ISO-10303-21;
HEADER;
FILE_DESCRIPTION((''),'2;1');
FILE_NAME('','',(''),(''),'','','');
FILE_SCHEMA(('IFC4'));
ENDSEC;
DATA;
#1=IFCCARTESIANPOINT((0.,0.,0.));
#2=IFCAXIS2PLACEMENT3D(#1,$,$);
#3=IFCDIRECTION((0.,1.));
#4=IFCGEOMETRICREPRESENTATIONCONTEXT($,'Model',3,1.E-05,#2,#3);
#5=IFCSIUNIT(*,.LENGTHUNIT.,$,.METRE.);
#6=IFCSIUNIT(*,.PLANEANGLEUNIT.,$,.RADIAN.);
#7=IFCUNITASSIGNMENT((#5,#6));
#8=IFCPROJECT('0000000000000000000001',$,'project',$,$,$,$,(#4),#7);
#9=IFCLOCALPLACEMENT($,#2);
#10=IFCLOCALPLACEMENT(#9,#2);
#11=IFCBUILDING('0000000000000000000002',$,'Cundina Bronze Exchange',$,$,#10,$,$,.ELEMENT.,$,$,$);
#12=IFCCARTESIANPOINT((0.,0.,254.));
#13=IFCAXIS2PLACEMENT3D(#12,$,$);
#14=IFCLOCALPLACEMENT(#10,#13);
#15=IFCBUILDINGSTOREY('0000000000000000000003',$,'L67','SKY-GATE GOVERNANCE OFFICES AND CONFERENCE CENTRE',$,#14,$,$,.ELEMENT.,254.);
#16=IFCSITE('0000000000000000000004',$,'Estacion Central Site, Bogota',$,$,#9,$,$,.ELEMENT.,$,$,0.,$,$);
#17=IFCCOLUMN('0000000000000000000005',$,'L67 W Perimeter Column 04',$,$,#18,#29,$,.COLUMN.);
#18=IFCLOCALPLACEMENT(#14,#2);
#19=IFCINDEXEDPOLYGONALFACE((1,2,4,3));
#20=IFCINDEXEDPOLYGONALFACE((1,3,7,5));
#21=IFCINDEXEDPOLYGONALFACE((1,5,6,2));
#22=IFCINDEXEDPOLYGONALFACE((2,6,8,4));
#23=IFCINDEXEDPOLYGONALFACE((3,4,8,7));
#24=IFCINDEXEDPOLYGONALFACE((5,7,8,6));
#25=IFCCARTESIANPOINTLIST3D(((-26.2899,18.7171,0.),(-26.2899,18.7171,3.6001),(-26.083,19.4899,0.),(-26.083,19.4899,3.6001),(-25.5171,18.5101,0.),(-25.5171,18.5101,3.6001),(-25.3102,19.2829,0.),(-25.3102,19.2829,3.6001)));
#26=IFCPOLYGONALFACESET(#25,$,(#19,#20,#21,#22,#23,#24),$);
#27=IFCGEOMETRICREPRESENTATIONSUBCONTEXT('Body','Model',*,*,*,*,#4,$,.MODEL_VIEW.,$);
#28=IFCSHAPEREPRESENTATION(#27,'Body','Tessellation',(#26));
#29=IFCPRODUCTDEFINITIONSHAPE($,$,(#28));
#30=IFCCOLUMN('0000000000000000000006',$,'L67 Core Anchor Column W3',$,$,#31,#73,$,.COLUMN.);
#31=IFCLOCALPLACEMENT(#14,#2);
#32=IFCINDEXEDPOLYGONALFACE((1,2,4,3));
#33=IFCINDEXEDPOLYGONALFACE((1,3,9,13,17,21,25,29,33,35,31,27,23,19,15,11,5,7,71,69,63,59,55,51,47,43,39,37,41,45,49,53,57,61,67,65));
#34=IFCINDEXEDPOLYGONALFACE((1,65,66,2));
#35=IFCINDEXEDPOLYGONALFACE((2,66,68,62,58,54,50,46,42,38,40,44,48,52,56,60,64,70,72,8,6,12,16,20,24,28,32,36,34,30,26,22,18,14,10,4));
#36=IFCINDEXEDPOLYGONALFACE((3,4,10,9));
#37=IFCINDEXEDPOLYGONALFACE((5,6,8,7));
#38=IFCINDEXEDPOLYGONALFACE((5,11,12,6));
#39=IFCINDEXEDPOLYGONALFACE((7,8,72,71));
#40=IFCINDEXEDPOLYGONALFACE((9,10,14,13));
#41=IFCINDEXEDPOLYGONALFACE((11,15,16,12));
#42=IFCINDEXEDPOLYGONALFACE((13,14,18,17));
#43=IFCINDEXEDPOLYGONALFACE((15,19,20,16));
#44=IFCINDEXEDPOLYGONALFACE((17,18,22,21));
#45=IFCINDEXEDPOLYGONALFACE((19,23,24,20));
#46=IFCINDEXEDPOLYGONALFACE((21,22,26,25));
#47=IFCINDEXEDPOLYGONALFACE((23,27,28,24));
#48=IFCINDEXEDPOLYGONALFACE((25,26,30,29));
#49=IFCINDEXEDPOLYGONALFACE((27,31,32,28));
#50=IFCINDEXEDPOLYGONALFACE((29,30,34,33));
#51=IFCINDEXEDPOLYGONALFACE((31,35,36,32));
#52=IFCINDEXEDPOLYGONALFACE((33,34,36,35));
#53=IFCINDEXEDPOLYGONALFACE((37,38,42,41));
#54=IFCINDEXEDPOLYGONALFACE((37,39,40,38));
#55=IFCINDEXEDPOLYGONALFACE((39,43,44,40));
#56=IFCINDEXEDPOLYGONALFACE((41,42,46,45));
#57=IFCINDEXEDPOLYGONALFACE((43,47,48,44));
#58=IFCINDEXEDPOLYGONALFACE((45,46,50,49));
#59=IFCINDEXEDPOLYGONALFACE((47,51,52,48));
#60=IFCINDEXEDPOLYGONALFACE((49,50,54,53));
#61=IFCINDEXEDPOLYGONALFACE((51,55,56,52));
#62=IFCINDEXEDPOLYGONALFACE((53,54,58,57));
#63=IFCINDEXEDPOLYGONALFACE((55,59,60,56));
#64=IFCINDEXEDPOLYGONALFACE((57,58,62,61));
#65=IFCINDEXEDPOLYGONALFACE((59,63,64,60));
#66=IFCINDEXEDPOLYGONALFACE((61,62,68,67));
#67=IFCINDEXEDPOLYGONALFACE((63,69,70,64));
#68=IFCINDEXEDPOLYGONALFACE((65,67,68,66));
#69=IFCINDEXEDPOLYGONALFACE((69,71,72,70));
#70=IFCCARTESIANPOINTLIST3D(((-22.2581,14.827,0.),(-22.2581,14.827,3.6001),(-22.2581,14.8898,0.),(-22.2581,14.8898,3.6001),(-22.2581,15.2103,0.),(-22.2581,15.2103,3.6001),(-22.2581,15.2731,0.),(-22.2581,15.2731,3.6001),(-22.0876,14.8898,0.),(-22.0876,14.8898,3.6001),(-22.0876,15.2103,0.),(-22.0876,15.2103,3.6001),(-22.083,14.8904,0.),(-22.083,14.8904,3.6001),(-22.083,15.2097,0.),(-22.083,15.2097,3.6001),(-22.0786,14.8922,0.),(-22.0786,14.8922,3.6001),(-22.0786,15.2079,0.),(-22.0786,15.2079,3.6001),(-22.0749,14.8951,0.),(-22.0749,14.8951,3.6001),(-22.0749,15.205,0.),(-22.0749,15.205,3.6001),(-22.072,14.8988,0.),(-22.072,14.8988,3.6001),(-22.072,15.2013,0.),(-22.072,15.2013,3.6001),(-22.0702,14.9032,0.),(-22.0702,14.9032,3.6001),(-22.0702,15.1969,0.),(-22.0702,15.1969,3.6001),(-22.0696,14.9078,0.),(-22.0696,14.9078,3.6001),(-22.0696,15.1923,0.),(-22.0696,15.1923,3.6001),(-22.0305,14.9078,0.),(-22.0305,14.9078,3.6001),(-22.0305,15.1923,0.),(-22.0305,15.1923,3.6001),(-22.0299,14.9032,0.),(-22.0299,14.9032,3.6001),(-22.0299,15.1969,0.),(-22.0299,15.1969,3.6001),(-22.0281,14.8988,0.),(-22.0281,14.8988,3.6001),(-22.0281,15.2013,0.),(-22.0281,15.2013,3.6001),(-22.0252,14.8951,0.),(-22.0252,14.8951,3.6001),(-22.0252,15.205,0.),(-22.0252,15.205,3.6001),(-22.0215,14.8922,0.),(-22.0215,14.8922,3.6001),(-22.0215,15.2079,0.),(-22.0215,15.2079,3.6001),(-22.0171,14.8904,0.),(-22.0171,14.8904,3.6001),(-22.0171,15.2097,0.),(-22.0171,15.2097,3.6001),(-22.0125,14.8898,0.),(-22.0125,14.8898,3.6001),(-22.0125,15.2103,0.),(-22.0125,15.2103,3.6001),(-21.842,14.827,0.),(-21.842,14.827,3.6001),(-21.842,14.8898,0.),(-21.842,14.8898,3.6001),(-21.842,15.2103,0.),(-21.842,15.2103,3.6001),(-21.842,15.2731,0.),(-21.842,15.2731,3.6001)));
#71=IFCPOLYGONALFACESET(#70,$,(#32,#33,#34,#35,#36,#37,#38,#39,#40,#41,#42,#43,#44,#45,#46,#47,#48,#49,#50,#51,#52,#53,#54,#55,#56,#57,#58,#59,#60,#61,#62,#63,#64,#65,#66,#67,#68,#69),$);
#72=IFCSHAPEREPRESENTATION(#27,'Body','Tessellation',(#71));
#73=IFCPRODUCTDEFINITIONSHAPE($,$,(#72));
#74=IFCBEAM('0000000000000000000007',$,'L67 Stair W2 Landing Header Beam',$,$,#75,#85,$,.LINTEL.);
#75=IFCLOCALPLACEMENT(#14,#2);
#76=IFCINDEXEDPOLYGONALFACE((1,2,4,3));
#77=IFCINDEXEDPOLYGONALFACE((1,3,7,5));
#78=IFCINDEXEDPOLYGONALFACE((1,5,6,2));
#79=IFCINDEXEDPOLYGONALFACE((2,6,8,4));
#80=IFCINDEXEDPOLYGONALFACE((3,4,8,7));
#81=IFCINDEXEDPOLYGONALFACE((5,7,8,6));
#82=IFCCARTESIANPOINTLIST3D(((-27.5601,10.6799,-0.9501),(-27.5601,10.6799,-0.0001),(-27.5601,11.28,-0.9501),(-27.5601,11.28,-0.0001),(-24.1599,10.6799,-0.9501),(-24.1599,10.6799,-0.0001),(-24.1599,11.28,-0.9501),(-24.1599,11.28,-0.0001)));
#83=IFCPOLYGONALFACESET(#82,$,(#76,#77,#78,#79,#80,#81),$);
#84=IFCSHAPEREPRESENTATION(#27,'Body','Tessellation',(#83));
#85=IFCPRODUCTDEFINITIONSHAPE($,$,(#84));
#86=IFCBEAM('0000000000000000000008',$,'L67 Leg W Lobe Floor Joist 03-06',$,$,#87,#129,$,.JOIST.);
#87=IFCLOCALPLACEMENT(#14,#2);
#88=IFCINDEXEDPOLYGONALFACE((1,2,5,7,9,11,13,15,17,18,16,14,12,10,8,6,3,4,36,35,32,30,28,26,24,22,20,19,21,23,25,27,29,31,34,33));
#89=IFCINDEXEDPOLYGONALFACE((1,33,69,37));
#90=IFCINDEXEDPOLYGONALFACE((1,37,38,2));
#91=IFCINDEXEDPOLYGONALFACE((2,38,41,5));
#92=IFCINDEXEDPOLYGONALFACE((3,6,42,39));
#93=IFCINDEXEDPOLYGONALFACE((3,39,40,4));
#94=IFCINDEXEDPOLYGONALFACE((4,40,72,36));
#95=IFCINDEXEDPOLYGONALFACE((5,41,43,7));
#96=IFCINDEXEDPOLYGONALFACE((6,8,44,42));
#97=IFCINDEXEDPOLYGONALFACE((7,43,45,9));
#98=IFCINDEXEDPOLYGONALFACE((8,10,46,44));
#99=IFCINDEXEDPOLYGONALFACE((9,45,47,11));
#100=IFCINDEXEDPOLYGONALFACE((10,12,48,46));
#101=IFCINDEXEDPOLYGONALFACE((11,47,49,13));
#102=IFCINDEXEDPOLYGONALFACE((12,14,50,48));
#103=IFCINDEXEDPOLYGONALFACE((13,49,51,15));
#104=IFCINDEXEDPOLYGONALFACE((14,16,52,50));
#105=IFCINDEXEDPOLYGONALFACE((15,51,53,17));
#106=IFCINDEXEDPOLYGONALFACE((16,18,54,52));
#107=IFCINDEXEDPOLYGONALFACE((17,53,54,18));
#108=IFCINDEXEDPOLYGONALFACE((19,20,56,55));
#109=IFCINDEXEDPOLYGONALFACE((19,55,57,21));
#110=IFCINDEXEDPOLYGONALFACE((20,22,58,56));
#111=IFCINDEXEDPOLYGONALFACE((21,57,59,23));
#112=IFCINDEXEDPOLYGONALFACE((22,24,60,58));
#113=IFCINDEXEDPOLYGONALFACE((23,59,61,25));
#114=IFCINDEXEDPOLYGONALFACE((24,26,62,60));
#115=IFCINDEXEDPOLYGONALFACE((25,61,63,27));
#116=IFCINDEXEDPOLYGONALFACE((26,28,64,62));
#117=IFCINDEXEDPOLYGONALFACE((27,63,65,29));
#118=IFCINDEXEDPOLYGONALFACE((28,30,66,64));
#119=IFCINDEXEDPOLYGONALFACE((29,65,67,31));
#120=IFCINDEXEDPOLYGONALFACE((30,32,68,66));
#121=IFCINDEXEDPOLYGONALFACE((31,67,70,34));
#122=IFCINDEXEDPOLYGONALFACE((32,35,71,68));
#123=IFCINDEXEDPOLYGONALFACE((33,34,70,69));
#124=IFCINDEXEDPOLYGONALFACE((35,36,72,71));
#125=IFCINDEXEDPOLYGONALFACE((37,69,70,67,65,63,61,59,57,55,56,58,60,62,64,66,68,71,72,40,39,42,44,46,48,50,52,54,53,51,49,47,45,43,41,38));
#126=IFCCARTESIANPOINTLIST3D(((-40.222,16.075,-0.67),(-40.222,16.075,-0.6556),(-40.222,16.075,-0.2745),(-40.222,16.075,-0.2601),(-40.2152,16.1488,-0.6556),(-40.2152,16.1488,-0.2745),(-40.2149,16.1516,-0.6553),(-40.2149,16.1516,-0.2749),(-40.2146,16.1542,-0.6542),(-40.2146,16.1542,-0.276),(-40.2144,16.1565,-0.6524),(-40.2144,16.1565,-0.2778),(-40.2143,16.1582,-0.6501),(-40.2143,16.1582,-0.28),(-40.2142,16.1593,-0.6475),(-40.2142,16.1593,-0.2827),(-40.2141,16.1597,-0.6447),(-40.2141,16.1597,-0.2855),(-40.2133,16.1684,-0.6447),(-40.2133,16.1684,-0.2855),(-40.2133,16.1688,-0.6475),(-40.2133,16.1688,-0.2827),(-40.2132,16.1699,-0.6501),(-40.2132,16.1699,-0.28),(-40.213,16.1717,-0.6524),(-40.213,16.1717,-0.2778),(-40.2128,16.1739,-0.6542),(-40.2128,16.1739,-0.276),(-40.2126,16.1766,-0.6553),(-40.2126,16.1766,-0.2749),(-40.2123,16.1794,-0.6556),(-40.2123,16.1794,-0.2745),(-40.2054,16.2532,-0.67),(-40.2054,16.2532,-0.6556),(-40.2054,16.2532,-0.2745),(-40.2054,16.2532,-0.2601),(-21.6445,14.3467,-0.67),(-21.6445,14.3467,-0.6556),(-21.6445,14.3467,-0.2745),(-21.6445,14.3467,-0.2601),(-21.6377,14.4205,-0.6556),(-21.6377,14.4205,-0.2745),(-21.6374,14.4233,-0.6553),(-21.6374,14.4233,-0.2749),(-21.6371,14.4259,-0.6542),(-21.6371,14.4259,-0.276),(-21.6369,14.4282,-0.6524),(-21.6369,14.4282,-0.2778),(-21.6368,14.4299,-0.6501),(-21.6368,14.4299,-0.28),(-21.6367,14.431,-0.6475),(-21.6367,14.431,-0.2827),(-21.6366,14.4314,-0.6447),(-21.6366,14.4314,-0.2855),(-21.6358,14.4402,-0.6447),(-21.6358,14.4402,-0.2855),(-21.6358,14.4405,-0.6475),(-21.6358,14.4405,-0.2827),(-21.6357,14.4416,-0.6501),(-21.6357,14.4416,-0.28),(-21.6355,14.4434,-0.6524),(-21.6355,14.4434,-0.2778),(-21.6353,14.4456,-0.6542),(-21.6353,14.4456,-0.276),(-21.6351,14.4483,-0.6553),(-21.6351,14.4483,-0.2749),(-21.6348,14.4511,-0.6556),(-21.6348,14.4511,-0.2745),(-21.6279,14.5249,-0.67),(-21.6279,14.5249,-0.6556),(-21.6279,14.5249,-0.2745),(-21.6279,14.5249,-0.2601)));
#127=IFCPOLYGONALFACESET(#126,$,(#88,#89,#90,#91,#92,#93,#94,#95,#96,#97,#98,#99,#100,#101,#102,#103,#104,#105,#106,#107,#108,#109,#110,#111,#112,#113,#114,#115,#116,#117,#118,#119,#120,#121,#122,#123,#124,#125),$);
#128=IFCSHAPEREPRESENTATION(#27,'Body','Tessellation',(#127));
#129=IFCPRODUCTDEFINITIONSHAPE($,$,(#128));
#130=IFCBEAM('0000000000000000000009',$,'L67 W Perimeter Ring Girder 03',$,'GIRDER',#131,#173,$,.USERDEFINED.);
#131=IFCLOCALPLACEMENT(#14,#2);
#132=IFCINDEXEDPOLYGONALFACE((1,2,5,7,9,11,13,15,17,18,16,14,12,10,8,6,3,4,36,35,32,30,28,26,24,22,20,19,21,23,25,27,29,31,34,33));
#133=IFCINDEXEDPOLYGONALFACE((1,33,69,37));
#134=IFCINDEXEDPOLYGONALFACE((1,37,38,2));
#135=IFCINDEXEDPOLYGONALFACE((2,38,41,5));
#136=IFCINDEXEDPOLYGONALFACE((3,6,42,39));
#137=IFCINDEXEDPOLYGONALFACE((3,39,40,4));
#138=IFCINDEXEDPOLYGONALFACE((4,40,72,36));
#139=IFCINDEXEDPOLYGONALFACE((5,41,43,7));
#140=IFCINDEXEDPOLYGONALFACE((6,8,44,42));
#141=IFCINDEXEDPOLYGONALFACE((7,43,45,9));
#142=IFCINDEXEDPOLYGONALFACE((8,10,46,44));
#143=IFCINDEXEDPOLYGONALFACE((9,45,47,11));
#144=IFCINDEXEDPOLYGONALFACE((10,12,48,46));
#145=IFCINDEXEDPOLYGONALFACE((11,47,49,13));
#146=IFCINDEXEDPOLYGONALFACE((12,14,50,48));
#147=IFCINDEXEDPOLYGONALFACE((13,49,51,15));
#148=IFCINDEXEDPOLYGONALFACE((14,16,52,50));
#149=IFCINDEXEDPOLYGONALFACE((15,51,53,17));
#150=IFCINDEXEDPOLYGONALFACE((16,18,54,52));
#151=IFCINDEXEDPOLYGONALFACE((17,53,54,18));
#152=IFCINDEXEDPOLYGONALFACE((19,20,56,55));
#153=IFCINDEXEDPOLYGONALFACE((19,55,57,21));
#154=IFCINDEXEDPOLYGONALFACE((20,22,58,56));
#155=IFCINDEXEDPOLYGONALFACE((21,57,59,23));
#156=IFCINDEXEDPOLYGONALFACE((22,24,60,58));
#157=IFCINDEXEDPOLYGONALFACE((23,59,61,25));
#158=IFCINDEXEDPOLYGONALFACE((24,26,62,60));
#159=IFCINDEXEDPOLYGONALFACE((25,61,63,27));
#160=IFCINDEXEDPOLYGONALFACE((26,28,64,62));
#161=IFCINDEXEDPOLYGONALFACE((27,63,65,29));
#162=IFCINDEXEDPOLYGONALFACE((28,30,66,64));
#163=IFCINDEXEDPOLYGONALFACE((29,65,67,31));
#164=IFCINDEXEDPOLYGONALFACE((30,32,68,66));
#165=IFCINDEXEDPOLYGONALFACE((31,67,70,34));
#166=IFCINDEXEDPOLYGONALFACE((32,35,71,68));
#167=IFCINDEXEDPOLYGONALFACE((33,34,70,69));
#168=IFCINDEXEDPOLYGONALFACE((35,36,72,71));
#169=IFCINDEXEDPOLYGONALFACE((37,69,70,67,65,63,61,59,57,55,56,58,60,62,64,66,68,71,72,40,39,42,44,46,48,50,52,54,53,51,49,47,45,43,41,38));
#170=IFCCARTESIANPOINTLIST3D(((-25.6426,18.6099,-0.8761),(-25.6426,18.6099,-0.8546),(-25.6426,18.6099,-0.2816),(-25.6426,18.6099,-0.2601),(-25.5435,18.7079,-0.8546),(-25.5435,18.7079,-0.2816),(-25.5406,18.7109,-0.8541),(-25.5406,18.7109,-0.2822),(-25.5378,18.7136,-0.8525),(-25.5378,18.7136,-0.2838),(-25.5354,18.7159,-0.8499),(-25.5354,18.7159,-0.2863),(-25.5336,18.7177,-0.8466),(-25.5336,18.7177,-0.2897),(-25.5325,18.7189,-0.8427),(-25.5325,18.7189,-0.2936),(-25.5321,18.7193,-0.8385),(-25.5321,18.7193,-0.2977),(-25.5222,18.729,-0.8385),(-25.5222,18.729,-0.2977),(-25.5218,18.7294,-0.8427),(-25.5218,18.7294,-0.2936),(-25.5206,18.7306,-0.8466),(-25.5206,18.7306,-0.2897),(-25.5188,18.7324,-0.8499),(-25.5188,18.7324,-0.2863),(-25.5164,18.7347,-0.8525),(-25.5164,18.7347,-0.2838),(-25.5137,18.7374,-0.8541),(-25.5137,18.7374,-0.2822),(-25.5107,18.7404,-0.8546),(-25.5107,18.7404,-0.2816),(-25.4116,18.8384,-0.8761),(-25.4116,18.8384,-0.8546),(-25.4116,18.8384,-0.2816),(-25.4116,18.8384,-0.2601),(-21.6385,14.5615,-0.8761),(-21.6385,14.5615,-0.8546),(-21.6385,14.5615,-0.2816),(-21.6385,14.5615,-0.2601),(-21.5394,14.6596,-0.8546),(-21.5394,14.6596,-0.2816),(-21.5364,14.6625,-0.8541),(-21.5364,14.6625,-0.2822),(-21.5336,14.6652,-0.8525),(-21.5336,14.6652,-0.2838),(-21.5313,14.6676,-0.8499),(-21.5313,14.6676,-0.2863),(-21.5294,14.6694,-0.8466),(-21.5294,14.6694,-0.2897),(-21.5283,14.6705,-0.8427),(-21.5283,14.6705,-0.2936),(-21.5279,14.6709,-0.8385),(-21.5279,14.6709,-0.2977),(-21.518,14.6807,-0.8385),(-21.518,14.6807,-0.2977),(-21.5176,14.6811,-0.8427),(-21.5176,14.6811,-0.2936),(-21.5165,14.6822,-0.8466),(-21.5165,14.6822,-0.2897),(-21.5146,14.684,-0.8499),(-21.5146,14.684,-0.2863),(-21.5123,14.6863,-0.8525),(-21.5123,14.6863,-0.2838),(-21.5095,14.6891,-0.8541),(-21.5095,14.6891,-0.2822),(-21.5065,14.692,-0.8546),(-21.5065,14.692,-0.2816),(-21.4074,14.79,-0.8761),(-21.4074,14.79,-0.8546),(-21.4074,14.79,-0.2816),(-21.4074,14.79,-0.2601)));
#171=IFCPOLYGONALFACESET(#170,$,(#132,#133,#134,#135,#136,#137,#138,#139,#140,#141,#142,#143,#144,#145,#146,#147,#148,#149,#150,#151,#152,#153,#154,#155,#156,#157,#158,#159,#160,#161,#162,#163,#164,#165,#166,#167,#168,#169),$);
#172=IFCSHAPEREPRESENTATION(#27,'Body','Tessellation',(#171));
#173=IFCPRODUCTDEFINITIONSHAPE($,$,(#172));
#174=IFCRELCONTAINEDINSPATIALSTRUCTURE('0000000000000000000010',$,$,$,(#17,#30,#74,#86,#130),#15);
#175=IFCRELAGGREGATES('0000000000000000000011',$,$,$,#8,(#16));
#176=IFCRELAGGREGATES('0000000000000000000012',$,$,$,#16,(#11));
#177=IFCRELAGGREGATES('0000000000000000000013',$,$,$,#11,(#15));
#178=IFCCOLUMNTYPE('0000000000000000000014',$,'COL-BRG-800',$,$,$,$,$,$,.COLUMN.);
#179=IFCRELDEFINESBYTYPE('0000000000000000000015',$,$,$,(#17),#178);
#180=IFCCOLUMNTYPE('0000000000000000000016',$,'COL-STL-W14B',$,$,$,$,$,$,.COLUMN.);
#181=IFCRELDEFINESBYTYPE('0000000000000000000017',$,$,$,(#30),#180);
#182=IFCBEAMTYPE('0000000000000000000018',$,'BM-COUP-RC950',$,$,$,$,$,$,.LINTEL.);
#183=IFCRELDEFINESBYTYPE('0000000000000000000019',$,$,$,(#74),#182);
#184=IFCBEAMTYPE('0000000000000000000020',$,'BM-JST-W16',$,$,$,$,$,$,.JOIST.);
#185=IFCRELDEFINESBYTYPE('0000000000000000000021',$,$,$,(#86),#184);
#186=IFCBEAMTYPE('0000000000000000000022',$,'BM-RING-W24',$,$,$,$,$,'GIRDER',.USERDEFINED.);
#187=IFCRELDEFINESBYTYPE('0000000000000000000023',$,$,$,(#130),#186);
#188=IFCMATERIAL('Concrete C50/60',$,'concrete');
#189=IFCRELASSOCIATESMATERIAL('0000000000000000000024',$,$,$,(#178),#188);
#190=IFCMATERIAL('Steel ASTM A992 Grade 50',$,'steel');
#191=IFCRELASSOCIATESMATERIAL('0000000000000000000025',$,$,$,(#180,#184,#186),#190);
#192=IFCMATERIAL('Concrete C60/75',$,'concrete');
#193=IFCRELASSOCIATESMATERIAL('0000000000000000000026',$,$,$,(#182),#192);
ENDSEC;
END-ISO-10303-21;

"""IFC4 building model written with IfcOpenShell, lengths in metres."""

from ifc_helpers import new_model, si_unit, direction, frame, origin, origin_2d, place, context, subcontext, project, spatial, rectangle, i_section, extrude, material, material_profile, profile_set, type_object, element, save


model = new_model("IFC4")

# Units and contexts
model_context = context("Model", 3, precision=1e-05, world=origin(), true_north=direction((0.0, 1.0)))
body_context = subcontext(model_context, "Body", "Model", "MODEL_VIEW")
ifc_project = project(units=[si_unit("LENGTHUNIT", "METRE"), si_unit("PLANEANGLEUNIT", "RADIAN")], contexts=[model_context])

# Site, building, storey
site_placement = place(None, origin())
site = spatial("IfcSite", under=ifc_project, at=site_placement, Name="Estacion Central Site, Bogota", CompositionType="ELEMENT", RefElevation=0.0)
building_placement = place(site_placement, origin())
building = spatial("IfcBuilding", under=site, at=building_placement, Name="Cundina Bronze Exchange", CompositionType="ELEMENT")
storey_placement = place(building_placement, frame((0.0, 0.0, 254.0)))
storey = spatial("IfcBuildingStorey", under=building, at=storey_placement, Name="L67", Description="SKY-GATE GOVERNANCE OFFICES AND CONFERENCE CENTRE", CompositionType="ELEMENT", Elevation=254.0)

# Columns
ifc_material_1 = material(Name="Concrete C50/60", Category="concrete")
ifc_material_profile_1 = material_profile(ifc_material_1, rectangle(XDim=0.8, YDim=0.8, at=origin_2d()), Name="RC800X800", Category="concrete")
ifc_profile_set_1 = profile_set([ifc_material_profile_1], Name="Concrete C50/60")
column_type_1 = type_object("IfcColumnType", Name="COL-BRG-800", PredefinedType="COLUMN", material=ifc_profile_set_1)
column_1_placement = place(storey_placement, frame((-25.8, 19.0, 0.0), z_axis=(0.0, 0.0, 1.0), x_axis=(-0.965971, 0.25865, 0.0)))
element("IfcColumn", 1, at=column_1_placement, inside=storey, type_object=column_type_1, Name="L67 W Perimeter Column 04", PredefinedType="COLUMN", context=body_context, shape_type="SweptSolid", body=[
    extrude(rectangle(XDim=0.8, YDim=0.8, at=origin_2d()), origin(), (0.0, 0.0, 1.0), 3.6001),
])
ifc_material_2 = material(Name="Steel ASTM A992 Grade 50", Category="steel")
ifc_material_profile_2 = material_profile(ifc_material_2, i_section(OverallWidth=0.416, OverallDepth=0.446, WebThickness=0.0391, FlangeThickness=0.0627, FilletRadius=0.0181, at=origin_2d()), Name="W14X342", Category="steel")
ifc_profile_set_2 = profile_set([ifc_material_profile_2], Name="Steel ASTM A992 Grade 50")
column_type_2 = type_object("IfcColumnType", Name="COL-STL-W14B", PredefinedType="COLUMN", material=ifc_profile_set_2)
column_2_placement = place(storey_placement, frame((-22.05, 15.05, 0.0), z_axis=(0.0, 0.0, 1.0), x_axis=(1.0, 0.0, 0.0)))
element("IfcColumn", 2, at=column_2_placement, inside=storey, type_object=column_type_2, Name="L67 Core Anchor Column W3", PredefinedType="COLUMN", context=body_context, shape_type="SweptSolid", body=[
    extrude(i_section(OverallWidth=0.416, OverallDepth=0.446, WebThickness=0.0391, FlangeThickness=0.0627, FilletRadius=0.0181, at=origin_2d()), origin(), (0.0, 0.0, 1.0), 3.6001),
])

# Beams
ifc_material_3 = material(Name="Concrete C60/75", Category="concrete")
ifc_material_profile_3 = material_profile(ifc_material_3, rectangle(XDim=0.6001, YDim=0.95, at=origin_2d()), Name="RC600X950", Category="concrete")
ifc_profile_set_3 = profile_set([ifc_material_profile_3], Name="Concrete C60/75")
beam_type_1 = type_object("IfcBeamType", Name="BM-COUP-RC950", PredefinedType="LINTEL", material=ifc_profile_set_3)
beam_1_placement = place(storey_placement, frame((-27.5601, 10.98, -0.4751), z_axis=(1.0, 0.0, 0.0), x_axis=(0.0, 1.0, 0.0)))
element("IfcBeam", 3, at=beam_1_placement, inside=storey, type_object=beam_type_1, Name="L67 Stair W2 Landing Header Beam", PredefinedType="LINTEL", context=body_context, shape_type="SweptSolid", body=[
    extrude(rectangle(XDim=0.6001, YDim=0.95, at=origin_2d()), origin(), (0.0, 0.0, 1.0), 3.4001),
])
ifc_material_profile_4 = material_profile(ifc_material_2, i_section(OverallWidth=0.179, OverallDepth=0.4099, WebThickness=0.0088, FlangeThickness=0.0144, FilletRadius=0.011, at=origin_2d()), Name="W16X45", Category="steel")
ifc_profile_set_4 = profile_set([ifc_material_profile_4], Name="Steel ASTM A992 Grade 50")
beam_type_2 = type_object("IfcBeamType", Name="BM-JST-W16", PredefinedType="JOIST", material=ifc_profile_set_4)
beam_2_placement = place(storey_placement, frame((-21.6362, 14.4358, -0.4651), z_axis=(-0.995701, 0.092631, 0.0), x_axis=(-0.092631, -0.995701, 0.0)))
element("IfcBeam", 4, at=beam_2_placement, inside=storey, type_object=beam_type_2, Name="L67 Leg W Lobe Floor Joist 03-06", PredefinedType="JOIST", context=body_context, shape_type="SweptSolid", body=[
    extrude(i_section(OverallWidth=0.179, OverallDepth=0.4099, WebThickness=0.0088, FlangeThickness=0.0144, FilletRadius=0.011, at=origin_2d()), origin(), (0.0, 0.0, 1.0), 18.6577),
])
ifc_material_profile_5 = material_profile(ifc_material_2, i_section(OverallWidth=0.325, OverallDepth=0.616, WebThickness=0.0139, FlangeThickness=0.0215, FilletRadius=0.0161, at=origin_2d()), Name="W24X117", Category="steel")
ifc_profile_set_5 = profile_set([ifc_material_profile_5], Name="Steel ASTM A992 Grade 50")
beam_type_3 = type_object("IfcBeamType", Name="BM-RING-W24", ElementType="GIRDER", PredefinedType="USERDEFINED", material=ifc_profile_set_5)
beam_3_placement = place(storey_placement, frame((-21.5229, 14.6758, -0.5681), z_axis=(-0.703216, 0.710976, 0.0), x_axis=(-0.710976, -0.703216, 0.0)))
element("IfcBeam", 5, at=beam_3_placement, inside=storey, type_object=beam_type_3, Name="L67 W Perimeter Ring Girder 03", ObjectType="GIRDER", PredefinedType="USERDEFINED", context=body_context, shape_type="SweptSolid", body=[
    extrude(i_section(OverallWidth=0.325, OverallDepth=0.616, WebThickness=0.0139, FlangeThickness=0.0215, FilletRadius=0.0161, at=origin_2d()), origin(), (0.0, 0.0, 1.0), 5.6941),
])

save(model, "model.ifc")
